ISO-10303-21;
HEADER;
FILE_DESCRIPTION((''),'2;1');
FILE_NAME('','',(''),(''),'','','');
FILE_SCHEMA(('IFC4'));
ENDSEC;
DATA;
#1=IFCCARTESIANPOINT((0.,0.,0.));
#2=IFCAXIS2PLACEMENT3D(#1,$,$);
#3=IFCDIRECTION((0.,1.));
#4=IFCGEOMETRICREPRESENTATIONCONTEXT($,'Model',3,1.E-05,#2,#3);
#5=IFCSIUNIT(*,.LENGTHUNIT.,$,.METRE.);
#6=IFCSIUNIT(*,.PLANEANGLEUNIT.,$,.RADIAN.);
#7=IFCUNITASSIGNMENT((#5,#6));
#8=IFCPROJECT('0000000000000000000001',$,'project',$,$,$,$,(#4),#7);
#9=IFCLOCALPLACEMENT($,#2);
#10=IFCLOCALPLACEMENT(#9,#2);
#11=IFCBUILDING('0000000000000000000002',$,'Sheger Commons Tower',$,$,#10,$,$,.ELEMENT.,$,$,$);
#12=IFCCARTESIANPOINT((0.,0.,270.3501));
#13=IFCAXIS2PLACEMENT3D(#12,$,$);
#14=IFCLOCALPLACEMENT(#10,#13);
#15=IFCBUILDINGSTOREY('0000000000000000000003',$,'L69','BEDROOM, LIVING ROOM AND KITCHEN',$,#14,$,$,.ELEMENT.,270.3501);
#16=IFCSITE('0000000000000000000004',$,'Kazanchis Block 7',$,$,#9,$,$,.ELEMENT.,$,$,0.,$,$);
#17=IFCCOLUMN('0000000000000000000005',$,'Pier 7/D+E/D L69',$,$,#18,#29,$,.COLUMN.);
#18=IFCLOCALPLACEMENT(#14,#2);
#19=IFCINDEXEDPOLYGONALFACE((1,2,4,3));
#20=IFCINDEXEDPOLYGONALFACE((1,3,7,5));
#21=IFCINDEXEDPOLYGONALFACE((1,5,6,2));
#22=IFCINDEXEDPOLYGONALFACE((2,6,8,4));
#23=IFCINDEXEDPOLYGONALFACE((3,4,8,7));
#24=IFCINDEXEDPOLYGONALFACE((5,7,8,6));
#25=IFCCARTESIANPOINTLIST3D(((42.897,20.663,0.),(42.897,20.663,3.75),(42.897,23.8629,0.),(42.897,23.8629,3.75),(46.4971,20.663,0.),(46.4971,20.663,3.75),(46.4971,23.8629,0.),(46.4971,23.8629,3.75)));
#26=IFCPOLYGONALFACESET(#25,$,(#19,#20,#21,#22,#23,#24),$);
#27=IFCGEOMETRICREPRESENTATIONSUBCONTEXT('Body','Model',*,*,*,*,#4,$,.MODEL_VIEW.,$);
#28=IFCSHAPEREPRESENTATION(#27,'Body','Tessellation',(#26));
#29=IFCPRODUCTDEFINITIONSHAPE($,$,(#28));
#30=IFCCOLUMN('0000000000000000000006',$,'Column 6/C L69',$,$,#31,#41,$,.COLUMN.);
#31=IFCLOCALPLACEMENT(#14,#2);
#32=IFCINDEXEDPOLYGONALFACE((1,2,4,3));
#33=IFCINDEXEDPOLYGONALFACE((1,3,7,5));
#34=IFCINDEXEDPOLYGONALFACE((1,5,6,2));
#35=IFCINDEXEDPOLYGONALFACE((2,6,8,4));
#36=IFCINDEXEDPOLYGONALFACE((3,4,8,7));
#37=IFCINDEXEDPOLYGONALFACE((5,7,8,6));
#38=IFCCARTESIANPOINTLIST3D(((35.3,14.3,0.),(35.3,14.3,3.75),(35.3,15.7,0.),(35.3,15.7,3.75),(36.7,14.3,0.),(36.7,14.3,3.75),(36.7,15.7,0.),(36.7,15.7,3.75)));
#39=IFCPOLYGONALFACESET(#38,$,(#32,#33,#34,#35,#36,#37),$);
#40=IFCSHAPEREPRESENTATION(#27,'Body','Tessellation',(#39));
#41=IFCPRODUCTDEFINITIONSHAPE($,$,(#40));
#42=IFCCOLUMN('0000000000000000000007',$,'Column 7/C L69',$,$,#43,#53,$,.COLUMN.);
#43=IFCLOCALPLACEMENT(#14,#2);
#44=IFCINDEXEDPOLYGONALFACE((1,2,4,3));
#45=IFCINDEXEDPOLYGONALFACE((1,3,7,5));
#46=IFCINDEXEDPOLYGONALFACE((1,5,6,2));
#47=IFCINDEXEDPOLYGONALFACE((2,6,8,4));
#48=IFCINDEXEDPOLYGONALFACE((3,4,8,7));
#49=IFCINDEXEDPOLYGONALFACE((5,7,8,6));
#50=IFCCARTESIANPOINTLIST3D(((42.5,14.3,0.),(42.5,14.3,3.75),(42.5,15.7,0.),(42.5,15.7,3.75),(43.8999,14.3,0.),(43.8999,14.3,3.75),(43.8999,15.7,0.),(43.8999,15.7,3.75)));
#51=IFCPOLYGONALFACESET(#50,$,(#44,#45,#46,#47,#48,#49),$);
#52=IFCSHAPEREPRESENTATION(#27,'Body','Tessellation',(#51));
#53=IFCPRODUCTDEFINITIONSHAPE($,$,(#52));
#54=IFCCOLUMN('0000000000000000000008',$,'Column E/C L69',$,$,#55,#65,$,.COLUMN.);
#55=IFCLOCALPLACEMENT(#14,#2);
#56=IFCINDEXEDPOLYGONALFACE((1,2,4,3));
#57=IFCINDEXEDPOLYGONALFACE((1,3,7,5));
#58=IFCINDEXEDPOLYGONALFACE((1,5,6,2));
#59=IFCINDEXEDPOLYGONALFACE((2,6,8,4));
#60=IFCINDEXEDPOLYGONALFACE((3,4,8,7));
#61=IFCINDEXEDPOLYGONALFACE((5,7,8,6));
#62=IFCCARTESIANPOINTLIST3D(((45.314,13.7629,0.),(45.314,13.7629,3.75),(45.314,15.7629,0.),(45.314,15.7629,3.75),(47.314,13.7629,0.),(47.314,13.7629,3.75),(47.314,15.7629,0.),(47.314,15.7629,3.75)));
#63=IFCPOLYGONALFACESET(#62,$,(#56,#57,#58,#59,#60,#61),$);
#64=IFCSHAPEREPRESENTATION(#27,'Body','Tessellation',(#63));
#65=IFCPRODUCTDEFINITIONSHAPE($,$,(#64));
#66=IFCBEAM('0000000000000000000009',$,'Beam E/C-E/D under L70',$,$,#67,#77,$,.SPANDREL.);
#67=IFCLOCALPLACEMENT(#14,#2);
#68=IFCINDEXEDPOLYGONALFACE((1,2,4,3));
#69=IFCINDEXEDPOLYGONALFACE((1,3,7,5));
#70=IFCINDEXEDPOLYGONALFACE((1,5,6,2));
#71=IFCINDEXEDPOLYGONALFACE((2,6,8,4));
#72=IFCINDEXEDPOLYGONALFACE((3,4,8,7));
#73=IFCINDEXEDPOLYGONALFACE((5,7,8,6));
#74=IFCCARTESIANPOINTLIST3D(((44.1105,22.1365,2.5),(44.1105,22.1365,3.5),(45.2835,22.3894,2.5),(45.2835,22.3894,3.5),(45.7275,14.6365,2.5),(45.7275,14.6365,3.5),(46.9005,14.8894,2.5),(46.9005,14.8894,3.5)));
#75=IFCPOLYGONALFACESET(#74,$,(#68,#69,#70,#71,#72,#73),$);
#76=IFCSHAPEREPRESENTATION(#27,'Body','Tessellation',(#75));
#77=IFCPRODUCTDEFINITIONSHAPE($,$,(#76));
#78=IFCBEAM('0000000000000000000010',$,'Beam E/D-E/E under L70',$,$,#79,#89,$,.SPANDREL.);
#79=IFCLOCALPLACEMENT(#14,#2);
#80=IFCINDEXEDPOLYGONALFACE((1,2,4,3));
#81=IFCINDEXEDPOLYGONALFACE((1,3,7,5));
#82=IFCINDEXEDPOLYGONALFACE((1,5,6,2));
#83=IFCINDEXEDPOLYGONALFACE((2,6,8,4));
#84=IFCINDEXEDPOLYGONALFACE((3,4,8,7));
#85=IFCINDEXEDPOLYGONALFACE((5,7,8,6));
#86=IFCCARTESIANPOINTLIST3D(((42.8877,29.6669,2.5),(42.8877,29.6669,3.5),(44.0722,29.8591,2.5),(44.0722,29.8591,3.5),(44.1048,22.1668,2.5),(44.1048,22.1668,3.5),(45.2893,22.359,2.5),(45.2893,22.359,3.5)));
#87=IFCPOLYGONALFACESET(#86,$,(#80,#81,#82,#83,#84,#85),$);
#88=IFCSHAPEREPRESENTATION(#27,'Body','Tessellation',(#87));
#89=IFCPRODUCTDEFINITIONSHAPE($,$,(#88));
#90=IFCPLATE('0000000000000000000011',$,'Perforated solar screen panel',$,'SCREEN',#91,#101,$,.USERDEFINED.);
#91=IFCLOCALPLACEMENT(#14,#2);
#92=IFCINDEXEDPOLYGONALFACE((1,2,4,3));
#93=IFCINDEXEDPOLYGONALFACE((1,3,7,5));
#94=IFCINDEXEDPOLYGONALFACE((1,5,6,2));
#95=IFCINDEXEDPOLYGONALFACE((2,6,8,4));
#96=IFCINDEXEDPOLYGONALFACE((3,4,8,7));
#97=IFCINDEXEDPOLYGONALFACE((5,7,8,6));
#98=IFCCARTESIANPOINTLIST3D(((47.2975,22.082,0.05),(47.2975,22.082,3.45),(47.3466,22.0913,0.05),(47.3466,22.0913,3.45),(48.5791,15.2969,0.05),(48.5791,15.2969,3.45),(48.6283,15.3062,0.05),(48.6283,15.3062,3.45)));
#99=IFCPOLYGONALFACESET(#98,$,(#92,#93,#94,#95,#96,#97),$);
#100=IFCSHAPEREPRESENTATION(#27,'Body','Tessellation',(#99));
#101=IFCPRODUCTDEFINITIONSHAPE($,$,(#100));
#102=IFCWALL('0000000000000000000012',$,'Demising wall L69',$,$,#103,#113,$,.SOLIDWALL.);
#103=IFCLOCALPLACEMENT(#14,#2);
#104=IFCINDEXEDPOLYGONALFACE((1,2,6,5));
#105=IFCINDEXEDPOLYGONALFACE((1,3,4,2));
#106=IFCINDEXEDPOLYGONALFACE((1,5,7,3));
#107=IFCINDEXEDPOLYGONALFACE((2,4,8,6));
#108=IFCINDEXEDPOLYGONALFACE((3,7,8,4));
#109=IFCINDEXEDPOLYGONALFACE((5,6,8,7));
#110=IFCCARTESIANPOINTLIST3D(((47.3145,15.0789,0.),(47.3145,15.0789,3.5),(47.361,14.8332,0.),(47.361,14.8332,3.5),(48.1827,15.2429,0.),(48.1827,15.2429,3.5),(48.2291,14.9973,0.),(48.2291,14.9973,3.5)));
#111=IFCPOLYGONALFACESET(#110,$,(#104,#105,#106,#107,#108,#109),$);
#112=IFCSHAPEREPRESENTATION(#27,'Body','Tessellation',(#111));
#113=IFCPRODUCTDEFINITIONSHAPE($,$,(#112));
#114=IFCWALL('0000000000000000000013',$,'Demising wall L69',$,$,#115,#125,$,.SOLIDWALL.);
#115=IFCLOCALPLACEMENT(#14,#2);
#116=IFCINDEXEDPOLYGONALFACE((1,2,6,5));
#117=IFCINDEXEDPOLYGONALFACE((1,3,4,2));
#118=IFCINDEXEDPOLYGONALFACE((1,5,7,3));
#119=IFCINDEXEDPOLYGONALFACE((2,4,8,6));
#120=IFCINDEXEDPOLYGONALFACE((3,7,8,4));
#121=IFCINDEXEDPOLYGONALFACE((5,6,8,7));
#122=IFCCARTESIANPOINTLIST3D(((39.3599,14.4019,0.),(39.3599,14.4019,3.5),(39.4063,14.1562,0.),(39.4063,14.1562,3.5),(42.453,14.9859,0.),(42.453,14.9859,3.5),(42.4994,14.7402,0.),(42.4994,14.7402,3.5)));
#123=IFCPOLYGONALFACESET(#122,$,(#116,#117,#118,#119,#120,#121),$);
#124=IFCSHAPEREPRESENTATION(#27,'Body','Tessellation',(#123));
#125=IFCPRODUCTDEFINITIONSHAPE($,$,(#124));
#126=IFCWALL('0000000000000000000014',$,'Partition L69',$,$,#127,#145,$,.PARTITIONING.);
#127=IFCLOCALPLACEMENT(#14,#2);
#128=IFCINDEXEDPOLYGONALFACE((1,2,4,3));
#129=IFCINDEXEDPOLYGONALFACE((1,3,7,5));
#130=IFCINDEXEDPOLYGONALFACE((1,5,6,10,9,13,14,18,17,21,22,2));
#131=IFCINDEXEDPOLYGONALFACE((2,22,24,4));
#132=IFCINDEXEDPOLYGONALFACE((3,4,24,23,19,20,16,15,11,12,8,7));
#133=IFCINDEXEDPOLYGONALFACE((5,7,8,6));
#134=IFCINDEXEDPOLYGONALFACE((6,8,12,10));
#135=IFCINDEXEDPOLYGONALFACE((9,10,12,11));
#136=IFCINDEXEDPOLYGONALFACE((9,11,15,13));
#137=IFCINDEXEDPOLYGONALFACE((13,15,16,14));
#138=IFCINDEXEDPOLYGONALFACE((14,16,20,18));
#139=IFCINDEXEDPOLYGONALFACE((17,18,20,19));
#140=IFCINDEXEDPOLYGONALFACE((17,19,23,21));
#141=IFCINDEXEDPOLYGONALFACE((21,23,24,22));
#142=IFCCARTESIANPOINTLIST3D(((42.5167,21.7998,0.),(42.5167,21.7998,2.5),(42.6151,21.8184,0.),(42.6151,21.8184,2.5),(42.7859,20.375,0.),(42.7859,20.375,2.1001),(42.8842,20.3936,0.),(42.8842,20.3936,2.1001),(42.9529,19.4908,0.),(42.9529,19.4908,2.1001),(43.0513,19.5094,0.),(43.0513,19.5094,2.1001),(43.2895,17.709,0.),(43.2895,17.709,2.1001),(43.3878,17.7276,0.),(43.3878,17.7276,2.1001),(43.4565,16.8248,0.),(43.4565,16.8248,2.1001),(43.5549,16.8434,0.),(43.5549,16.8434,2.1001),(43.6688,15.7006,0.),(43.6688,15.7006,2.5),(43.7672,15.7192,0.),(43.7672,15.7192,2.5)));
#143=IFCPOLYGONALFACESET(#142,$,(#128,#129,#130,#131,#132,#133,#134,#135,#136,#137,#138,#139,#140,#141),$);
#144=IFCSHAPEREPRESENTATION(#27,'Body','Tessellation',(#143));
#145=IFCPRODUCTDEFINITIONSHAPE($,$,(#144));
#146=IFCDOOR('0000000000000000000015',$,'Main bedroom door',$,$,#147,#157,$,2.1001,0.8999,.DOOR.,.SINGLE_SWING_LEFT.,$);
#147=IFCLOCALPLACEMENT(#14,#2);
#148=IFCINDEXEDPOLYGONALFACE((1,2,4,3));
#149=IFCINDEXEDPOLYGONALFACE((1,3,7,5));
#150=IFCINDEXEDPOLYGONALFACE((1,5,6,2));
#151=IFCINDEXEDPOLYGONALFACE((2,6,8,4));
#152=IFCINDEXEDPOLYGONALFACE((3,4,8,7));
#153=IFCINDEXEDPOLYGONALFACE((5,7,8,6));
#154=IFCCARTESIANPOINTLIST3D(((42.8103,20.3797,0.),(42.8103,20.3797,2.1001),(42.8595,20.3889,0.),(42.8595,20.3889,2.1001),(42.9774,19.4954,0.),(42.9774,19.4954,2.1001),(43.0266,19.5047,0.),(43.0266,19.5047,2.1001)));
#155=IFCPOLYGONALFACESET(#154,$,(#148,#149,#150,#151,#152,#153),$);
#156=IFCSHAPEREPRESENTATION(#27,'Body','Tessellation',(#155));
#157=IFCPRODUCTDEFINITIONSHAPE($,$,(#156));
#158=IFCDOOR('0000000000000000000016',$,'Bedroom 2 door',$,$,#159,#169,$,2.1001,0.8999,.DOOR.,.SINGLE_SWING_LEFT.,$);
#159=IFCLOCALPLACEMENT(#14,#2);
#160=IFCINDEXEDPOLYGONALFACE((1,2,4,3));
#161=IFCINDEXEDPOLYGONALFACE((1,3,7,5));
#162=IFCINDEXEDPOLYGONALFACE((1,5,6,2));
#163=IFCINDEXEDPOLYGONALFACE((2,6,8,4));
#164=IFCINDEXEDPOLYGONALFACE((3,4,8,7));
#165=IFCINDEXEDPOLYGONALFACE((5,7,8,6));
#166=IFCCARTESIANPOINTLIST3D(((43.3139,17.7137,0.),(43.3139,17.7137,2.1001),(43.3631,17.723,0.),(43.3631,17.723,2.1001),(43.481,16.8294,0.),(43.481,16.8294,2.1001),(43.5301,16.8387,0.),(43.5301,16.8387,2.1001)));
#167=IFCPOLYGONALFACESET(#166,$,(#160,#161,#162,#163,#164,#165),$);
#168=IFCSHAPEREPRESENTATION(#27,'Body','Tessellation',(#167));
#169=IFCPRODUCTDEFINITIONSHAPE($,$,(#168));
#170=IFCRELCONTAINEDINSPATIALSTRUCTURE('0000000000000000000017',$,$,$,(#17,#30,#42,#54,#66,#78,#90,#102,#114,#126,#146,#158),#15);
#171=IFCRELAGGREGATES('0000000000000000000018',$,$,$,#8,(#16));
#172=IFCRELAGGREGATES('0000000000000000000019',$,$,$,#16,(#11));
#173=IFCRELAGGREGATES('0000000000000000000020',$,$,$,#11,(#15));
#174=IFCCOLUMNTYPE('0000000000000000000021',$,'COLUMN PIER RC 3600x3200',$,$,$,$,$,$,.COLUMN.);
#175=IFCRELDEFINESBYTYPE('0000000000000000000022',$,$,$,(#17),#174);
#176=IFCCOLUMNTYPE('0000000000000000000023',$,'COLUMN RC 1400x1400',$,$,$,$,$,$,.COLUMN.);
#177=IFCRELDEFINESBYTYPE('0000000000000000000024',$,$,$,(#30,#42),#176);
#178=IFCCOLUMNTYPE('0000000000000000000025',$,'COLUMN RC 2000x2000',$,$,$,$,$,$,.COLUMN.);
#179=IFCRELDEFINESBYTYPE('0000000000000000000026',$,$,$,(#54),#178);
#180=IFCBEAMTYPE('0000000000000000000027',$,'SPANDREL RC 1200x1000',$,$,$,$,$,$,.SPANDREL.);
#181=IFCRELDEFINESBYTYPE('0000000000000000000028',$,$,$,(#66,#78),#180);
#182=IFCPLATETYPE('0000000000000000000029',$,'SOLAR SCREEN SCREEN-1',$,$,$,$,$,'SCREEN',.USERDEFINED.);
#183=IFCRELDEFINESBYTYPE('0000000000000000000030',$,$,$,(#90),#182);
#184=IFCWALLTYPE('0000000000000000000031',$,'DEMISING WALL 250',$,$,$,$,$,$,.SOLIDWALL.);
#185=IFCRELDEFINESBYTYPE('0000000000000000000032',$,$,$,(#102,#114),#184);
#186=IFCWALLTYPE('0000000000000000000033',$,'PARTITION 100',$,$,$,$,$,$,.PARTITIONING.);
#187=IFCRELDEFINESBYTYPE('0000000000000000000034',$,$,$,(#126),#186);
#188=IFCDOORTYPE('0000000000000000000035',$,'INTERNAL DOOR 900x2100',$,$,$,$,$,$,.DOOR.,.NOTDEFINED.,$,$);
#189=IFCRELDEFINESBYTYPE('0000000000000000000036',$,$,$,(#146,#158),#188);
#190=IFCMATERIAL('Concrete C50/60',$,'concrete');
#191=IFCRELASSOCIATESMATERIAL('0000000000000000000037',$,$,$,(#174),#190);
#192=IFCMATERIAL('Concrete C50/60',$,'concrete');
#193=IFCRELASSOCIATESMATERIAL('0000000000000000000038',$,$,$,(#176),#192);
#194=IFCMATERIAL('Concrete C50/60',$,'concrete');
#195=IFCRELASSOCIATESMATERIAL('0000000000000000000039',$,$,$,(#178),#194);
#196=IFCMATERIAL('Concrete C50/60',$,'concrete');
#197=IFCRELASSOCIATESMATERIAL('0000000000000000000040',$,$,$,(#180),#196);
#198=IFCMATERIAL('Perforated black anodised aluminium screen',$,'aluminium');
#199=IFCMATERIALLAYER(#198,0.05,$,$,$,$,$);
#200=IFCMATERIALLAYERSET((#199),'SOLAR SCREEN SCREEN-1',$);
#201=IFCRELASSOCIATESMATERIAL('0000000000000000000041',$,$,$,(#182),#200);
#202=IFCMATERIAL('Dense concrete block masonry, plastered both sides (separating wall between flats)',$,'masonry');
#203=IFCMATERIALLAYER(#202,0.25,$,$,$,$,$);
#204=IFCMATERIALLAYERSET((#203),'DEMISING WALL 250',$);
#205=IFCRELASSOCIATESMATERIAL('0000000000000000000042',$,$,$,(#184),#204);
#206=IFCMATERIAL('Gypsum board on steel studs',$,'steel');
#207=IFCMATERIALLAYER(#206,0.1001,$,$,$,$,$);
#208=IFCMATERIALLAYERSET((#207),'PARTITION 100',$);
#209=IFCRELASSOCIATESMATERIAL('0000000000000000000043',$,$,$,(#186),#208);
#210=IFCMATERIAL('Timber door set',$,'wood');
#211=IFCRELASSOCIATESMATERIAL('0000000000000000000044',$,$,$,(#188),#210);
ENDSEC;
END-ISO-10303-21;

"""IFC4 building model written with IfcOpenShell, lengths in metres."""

from ifc_helpers import new_model, si_unit, direction, frame, frame_2d, origin, origin_2d, place, context, subcontext, project, spatial, rectangle, extrude, material, layer, layer_set, material_profile, profile_set, type_object, element, fill, save


model = new_model("IFC4")

# Units and contexts
model_context = context("Model", 3, precision=1e-05, world=origin(), true_north=direction((0.0, 1.0)))
body_context = subcontext(model_context, "Body", "Model", "MODEL_VIEW")
ifc_project = project(units=[si_unit("LENGTHUNIT", "METRE"), si_unit("PLANEANGLEUNIT", "RADIAN")], contexts=[model_context])

# Site, building, storey
site_placement = place(None, origin())
site = spatial("IfcSite", under=ifc_project, at=site_placement, Name="Kazanchis Block 7", CompositionType="ELEMENT", RefElevation=0.0)
building_placement = place(site_placement, origin())
building = spatial("IfcBuilding", under=site, at=building_placement, Name="Sheger Commons Tower", CompositionType="ELEMENT")
storey_placement = place(building_placement, frame((0.0, 0.0, 270.3501)))
storey = spatial("IfcBuildingStorey", under=building, at=storey_placement, Name="L69", Description="BEDROOM, LIVING ROOM AND KITCHEN", CompositionType="ELEMENT", Elevation=270.3501)

# Columns
ifc_material_1 = material(Name="Concrete C50/60", Category="concrete")
ifc_material_profile_1 = material_profile(ifc_material_1, rectangle(XDim=3.6001, YDim=3.2, at=origin_2d()), Name="RC 3600x3200")
ifc_profile_set_1 = profile_set([ifc_material_profile_1], Name="Concrete C50/60")
column_type_1 = type_object("IfcColumnType", Name="COLUMN PIER RC 3600x3200", PredefinedType="COLUMN", material=ifc_profile_set_1)
column_1_placement = place(storey_placement, frame((44.697, 22.2629, 0.0), z_axis=(0.0, 0.0, 1.0), x_axis=(1.0, 0.0, 0.0)))
element("IfcColumn", 1, at=column_1_placement, inside=storey, type_object=column_type_1, Name="Pier 7/D+E/D L69", PredefinedType="COLUMN", context=body_context, shape_type="SweptSolid", body=[
    extrude(rectangle(XDim=3.6001, YDim=3.2, at=origin_2d()), origin(), (0.0, 0.0, 1.0), 3.75),
])
ifc_material_2 = material(Name="Concrete C50/60", Category="concrete")
ifc_material_profile_2 = material_profile(ifc_material_2, rectangle(XDim=1.3999, YDim=1.3999, at=origin_2d()), Name="RC 1400x1400")
ifc_profile_set_2 = profile_set([ifc_material_profile_2], Name="Concrete C50/60")
column_type_2 = type_object("IfcColumnType", Name="COLUMN RC 1400x1400", PredefinedType="COLUMN", material=ifc_profile_set_2)
for number, where, z_axis, x_axis, name in (
    (2, (36.0, 15.0, 0.0), (0.0, 0.0, 1.0), (1.0, 0.0, 0.0), "Column 6/C L69"),
    (3, (43.2, 15.0, 0.0), (0.0, 0.0, 1.0), (1.0, 0.0, 0.0), "Column 7/C L69"),
):
    element("IfcColumn", number, at=place(storey_placement, frame(where, z_axis=z_axis, x_axis=x_axis)), inside=storey, type_object=column_type_2, Name=name, PredefinedType="COLUMN", context=body_context, shape_type="SweptSolid", body=[
        extrude(rectangle(XDim=1.3999, YDim=1.3999, at=origin_2d()), origin(), (0.0, 0.0, 1.0), 3.75),
    ])
ifc_material_3 = material(Name="Concrete C50/60", Category="concrete")
ifc_material_profile_3 = material_profile(ifc_material_3, rectangle(XDim=2.0, YDim=2.0, at=origin_2d()), Name="RC 2000x2000")
ifc_profile_set_3 = profile_set([ifc_material_profile_3], Name="Concrete C50/60")
column_type_3 = type_object("IfcColumnType", Name="COLUMN RC 2000x2000", PredefinedType="COLUMN", material=ifc_profile_set_3)
column_2_placement = place(storey_placement, frame((46.314, 14.7629, 0.0), z_axis=(0.0, 0.0, 1.0), x_axis=(1.0, 0.0, 0.0)))
element("IfcColumn", 4, at=column_2_placement, inside=storey, type_object=column_type_3, Name="Column E/C L69", PredefinedType="COLUMN", context=body_context, shape_type="SweptSolid", body=[
    extrude(rectangle(XDim=2.0, YDim=2.0, at=origin_2d()), origin(), (0.0, 0.0, 1.0), 3.75),
])

# Beams
ifc_material_4 = material(Name="Concrete C50/60", Category="concrete")
ifc_material_profile_4 = material_profile(ifc_material_4, rectangle(XDim=1.2, YDim=1.0, at=origin_2d()), Name="RC 1200x1000")
ifc_profile_set_4 = profile_set([ifc_material_profile_4], Name="Concrete C50/60")
beam_type = type_object("IfcBeamType", Name="SPANDREL RC 1200x1000", PredefinedType="SPANDREL", material=ifc_profile_set_4)
beam_1_placement = place(storey_placement, frame((46.314, 14.7629, 3.0), z_axis=(-0.21075, 0.97754, 0.0), x_axis=(-0.97754, -0.21075, 0.0)))
element("IfcBeam", 5, at=beam_1_placement, inside=storey, type_object=beam_type, Name="Beam E/C-E/D under L70", PredefinedType="SPANDREL", context=body_context, shape_type="SweptSolid", body=[
    extrude(rectangle(XDim=1.2, YDim=1.0, at=origin_2d()), origin(), (0.0, 0.0, 1.0), 7.6724),
])
beam_2_placement = place(storey_placement, frame((44.697, 22.2629, 3.0), z_axis=(-0.160177, 0.987088, 0.0), x_axis=(-0.987088, -0.160177, 0.0)))
element("IfcBeam", 6, at=beam_2_placement, inside=storey, type_object=beam_type, Name="Beam E/D-E/E under L70", PredefinedType="SPANDREL", context=body_context, shape_type="SweptSolid", body=[
    extrude(rectangle(XDim=1.2, YDim=1.0, at=origin_2d()), origin(), (0.0, 0.0, 1.0), 7.5981),
])

# Plate
ifc_material_5 = material(Name="Perforated black anodised aluminium screen", Category="aluminium")
ifc_layer_1 = layer(ifc_material_5, 0.05)
ifc_layer_set_1 = layer_set([ifc_layer_1], Name="SOLAR SCREEN SCREEN-1")
plate_type = type_object("IfcPlateType", Name="SOLAR SCREEN SCREEN-1", ElementType="SCREEN", PredefinedType="USERDEFINED", material=ifc_layer_set_1)
plate_placement = place(storey_placement, frame((47.9629, 18.6941, 0.05), z_axis=(0.0, 0.0, 1.0), x_axis=(-0.185615, 0.982623, 0.0)))
element("IfcPlate", 7, at=plate_placement, inside=storey, type_object=plate_type, Name="Perforated solar screen panel", ObjectType="SCREEN", PredefinedType="USERDEFINED", context=body_context, shape_type="SweptSolid", body=[
    extrude(rectangle(XDim=6.905, YDim=0.05, at=origin_2d()), origin(), (0.0, 0.0, 1.0), 3.3999),
])

# Walls
ifc_material_6 = material(Name="Dense concrete block masonry, plastered both sides (separating wall between flats)", Category="masonry")
ifc_layer_2 = layer(ifc_material_6, 0.25)
ifc_layer_set_2 = layer_set([ifc_layer_2], Name="DEMISING WALL 250")
wall_type_1 = type_object("IfcWallType", Name="DEMISING WALL 250", PredefinedType="SOLIDWALL", material=ifc_layer_set_2)
wall_1_placement = place(storey_placement, frame((48.2061, 15.1201, 0.0), z_axis=(0.0, 0.0, 1.0), x_axis=(-0.982608, -0.18569, 0.0)))
element("IfcWall", 8, at=wall_1_placement, inside=storey, type_object=wall_type_1, Name="Demising wall L69", PredefinedType="SOLIDWALL", context=body_context, shape_type="SweptSolid", body=[
    extrude(rectangle(XDim=0.8835, YDim=0.25, at=frame_2d((0.4419, 0.0))), origin(), (0.0, 0.0, 1.0), 3.5),
])
wall_2_placement = place(storey_placement, frame((42.4761, 14.863, 0.0), z_axis=(0.0, 0.0, 1.0), x_axis=(-0.982639, -0.185529, 0.0)))
element("IfcWall", 9, at=wall_2_placement, inside=storey, type_object=wall_type_1, Name="Demising wall L69", PredefinedType="SOLIDWALL", context=body_context, shape_type="SweptSolid", body=[
    extrude(rectangle(XDim=3.1477, YDim=0.25, at=frame_2d((1.5737, 0.0))), origin(), (0.0, 0.0, 1.0), 3.5),
])

# Wall, openings, doors
ifc_material_7 = material(Name="Gypsum board on steel studs", Category="steel")
ifc_layer_3 = layer(ifc_material_7, 0.1001)
ifc_layer_set_3 = layer_set([ifc_layer_3], Name="PARTITION 100")
wall_type_2 = type_object("IfcWallType", Name="PARTITION 100", PredefinedType="PARTITIONING", material=ifc_layer_set_3)
wall_3_placement = place(storey_placement, frame((42.5659, 21.8091, 0.0), z_axis=(0.0, 0.0, 1.0), x_axis=(0.185614, -0.982623, 0.0)))
wall_3 = element("IfcWall", 10, at=wall_3_placement, inside=storey, type_object=wall_type_2, Name="Partition L69", PredefinedType="PARTITIONING", context=body_context, shape_type="SweptSolid", body=[
    extrude(rectangle(XDim=6.207, YDim=0.1001, at=frame_2d((3.1035, 0.0))), origin(), (0.0, 0.0, 1.0), 2.5),
])
opening_1_placement = place(wall_3_placement, frame((1.45, 0.0, 0.0)))
opening_1 = element("IfcOpeningElement", 11, at=opening_1_placement, cuts=wall_3, PredefinedType="OPENING", context=body_context, shape_type="SweptSolid", body=[
    extrude(rectangle(XDim=0.8999, YDim=2.1001, at=frame_2d((0.45, 1.05))), frame((0.0, 0.0601, 0.0), z_axis=(0.0, -1.0, 0.0), x_axis=(1.0, 0.0, 0.0)), (0.0, 0.0, 1.0), 0.1201),
])
opening_2_placement = place(wall_3_placement, frame((4.1631, 0.0, 0.0)))
opening_2 = element("IfcOpeningElement", 12, at=opening_2_placement, cuts=wall_3, PredefinedType="OPENING", context=body_context, shape_type="SweptSolid", body=[
    extrude(rectangle(XDim=0.8999, YDim=2.1001, at=frame_2d((0.45, 1.05))), frame((0.0, 0.0601, 0.0), z_axis=(0.0, -1.0, 0.0), x_axis=(1.0, 0.0, 0.0)), (0.0, 0.0, 1.0), 0.1201),
])
ifc_material_8 = material(Name="Timber door set", Category="wood")
door_type = type_object("IfcDoorType", Name="INTERNAL DOOR 900x2100", OperationType="NOTDEFINED", PredefinedType="DOOR", material=ifc_material_8)
door_1_placement = place(opening_1_placement, origin())
door_1 = element("IfcDoor", 13, at=door_1_placement, inside=storey, type_object=door_type, Name="Main bedroom door", OperationType="SINGLE_SWING_LEFT", OverallHeight=2.1001, OverallWidth=0.8999, PredefinedType="DOOR", context=body_context, shape_type="SweptSolid", body=[
    extrude(rectangle(XDim=0.8999, YDim=2.1001, at=frame_2d((0.45, 1.05))), frame((0.0, 0.0249, 0.0), z_axis=(0.0, -1.0, 0.0), x_axis=(1.0, 0.0, 0.0)), (0.0, 0.0, 1.0), 0.05),
])
fill(opening_1, door_1)
door_2_placement = place(opening_2_placement, origin())
door_2 = element("IfcDoor", 14, at=door_2_placement, inside=storey, type_object=door_type, Name="Bedroom 2 door", OperationType="SINGLE_SWING_LEFT", OverallHeight=2.1001, OverallWidth=0.8999, PredefinedType="DOOR", context=body_context, shape_type="SweptSolid", body=[
    extrude(rectangle(XDim=0.8999, YDim=2.1001, at=frame_2d((0.45, 1.05))), frame((0.0, 0.0249, 0.0), z_axis=(0.0, -1.0, 0.0), x_axis=(1.0, 0.0, 0.0)), (0.0, 0.0, 1.0), 0.05),
])
fill(opening_2, door_2)

save(model, "model.ifc")
